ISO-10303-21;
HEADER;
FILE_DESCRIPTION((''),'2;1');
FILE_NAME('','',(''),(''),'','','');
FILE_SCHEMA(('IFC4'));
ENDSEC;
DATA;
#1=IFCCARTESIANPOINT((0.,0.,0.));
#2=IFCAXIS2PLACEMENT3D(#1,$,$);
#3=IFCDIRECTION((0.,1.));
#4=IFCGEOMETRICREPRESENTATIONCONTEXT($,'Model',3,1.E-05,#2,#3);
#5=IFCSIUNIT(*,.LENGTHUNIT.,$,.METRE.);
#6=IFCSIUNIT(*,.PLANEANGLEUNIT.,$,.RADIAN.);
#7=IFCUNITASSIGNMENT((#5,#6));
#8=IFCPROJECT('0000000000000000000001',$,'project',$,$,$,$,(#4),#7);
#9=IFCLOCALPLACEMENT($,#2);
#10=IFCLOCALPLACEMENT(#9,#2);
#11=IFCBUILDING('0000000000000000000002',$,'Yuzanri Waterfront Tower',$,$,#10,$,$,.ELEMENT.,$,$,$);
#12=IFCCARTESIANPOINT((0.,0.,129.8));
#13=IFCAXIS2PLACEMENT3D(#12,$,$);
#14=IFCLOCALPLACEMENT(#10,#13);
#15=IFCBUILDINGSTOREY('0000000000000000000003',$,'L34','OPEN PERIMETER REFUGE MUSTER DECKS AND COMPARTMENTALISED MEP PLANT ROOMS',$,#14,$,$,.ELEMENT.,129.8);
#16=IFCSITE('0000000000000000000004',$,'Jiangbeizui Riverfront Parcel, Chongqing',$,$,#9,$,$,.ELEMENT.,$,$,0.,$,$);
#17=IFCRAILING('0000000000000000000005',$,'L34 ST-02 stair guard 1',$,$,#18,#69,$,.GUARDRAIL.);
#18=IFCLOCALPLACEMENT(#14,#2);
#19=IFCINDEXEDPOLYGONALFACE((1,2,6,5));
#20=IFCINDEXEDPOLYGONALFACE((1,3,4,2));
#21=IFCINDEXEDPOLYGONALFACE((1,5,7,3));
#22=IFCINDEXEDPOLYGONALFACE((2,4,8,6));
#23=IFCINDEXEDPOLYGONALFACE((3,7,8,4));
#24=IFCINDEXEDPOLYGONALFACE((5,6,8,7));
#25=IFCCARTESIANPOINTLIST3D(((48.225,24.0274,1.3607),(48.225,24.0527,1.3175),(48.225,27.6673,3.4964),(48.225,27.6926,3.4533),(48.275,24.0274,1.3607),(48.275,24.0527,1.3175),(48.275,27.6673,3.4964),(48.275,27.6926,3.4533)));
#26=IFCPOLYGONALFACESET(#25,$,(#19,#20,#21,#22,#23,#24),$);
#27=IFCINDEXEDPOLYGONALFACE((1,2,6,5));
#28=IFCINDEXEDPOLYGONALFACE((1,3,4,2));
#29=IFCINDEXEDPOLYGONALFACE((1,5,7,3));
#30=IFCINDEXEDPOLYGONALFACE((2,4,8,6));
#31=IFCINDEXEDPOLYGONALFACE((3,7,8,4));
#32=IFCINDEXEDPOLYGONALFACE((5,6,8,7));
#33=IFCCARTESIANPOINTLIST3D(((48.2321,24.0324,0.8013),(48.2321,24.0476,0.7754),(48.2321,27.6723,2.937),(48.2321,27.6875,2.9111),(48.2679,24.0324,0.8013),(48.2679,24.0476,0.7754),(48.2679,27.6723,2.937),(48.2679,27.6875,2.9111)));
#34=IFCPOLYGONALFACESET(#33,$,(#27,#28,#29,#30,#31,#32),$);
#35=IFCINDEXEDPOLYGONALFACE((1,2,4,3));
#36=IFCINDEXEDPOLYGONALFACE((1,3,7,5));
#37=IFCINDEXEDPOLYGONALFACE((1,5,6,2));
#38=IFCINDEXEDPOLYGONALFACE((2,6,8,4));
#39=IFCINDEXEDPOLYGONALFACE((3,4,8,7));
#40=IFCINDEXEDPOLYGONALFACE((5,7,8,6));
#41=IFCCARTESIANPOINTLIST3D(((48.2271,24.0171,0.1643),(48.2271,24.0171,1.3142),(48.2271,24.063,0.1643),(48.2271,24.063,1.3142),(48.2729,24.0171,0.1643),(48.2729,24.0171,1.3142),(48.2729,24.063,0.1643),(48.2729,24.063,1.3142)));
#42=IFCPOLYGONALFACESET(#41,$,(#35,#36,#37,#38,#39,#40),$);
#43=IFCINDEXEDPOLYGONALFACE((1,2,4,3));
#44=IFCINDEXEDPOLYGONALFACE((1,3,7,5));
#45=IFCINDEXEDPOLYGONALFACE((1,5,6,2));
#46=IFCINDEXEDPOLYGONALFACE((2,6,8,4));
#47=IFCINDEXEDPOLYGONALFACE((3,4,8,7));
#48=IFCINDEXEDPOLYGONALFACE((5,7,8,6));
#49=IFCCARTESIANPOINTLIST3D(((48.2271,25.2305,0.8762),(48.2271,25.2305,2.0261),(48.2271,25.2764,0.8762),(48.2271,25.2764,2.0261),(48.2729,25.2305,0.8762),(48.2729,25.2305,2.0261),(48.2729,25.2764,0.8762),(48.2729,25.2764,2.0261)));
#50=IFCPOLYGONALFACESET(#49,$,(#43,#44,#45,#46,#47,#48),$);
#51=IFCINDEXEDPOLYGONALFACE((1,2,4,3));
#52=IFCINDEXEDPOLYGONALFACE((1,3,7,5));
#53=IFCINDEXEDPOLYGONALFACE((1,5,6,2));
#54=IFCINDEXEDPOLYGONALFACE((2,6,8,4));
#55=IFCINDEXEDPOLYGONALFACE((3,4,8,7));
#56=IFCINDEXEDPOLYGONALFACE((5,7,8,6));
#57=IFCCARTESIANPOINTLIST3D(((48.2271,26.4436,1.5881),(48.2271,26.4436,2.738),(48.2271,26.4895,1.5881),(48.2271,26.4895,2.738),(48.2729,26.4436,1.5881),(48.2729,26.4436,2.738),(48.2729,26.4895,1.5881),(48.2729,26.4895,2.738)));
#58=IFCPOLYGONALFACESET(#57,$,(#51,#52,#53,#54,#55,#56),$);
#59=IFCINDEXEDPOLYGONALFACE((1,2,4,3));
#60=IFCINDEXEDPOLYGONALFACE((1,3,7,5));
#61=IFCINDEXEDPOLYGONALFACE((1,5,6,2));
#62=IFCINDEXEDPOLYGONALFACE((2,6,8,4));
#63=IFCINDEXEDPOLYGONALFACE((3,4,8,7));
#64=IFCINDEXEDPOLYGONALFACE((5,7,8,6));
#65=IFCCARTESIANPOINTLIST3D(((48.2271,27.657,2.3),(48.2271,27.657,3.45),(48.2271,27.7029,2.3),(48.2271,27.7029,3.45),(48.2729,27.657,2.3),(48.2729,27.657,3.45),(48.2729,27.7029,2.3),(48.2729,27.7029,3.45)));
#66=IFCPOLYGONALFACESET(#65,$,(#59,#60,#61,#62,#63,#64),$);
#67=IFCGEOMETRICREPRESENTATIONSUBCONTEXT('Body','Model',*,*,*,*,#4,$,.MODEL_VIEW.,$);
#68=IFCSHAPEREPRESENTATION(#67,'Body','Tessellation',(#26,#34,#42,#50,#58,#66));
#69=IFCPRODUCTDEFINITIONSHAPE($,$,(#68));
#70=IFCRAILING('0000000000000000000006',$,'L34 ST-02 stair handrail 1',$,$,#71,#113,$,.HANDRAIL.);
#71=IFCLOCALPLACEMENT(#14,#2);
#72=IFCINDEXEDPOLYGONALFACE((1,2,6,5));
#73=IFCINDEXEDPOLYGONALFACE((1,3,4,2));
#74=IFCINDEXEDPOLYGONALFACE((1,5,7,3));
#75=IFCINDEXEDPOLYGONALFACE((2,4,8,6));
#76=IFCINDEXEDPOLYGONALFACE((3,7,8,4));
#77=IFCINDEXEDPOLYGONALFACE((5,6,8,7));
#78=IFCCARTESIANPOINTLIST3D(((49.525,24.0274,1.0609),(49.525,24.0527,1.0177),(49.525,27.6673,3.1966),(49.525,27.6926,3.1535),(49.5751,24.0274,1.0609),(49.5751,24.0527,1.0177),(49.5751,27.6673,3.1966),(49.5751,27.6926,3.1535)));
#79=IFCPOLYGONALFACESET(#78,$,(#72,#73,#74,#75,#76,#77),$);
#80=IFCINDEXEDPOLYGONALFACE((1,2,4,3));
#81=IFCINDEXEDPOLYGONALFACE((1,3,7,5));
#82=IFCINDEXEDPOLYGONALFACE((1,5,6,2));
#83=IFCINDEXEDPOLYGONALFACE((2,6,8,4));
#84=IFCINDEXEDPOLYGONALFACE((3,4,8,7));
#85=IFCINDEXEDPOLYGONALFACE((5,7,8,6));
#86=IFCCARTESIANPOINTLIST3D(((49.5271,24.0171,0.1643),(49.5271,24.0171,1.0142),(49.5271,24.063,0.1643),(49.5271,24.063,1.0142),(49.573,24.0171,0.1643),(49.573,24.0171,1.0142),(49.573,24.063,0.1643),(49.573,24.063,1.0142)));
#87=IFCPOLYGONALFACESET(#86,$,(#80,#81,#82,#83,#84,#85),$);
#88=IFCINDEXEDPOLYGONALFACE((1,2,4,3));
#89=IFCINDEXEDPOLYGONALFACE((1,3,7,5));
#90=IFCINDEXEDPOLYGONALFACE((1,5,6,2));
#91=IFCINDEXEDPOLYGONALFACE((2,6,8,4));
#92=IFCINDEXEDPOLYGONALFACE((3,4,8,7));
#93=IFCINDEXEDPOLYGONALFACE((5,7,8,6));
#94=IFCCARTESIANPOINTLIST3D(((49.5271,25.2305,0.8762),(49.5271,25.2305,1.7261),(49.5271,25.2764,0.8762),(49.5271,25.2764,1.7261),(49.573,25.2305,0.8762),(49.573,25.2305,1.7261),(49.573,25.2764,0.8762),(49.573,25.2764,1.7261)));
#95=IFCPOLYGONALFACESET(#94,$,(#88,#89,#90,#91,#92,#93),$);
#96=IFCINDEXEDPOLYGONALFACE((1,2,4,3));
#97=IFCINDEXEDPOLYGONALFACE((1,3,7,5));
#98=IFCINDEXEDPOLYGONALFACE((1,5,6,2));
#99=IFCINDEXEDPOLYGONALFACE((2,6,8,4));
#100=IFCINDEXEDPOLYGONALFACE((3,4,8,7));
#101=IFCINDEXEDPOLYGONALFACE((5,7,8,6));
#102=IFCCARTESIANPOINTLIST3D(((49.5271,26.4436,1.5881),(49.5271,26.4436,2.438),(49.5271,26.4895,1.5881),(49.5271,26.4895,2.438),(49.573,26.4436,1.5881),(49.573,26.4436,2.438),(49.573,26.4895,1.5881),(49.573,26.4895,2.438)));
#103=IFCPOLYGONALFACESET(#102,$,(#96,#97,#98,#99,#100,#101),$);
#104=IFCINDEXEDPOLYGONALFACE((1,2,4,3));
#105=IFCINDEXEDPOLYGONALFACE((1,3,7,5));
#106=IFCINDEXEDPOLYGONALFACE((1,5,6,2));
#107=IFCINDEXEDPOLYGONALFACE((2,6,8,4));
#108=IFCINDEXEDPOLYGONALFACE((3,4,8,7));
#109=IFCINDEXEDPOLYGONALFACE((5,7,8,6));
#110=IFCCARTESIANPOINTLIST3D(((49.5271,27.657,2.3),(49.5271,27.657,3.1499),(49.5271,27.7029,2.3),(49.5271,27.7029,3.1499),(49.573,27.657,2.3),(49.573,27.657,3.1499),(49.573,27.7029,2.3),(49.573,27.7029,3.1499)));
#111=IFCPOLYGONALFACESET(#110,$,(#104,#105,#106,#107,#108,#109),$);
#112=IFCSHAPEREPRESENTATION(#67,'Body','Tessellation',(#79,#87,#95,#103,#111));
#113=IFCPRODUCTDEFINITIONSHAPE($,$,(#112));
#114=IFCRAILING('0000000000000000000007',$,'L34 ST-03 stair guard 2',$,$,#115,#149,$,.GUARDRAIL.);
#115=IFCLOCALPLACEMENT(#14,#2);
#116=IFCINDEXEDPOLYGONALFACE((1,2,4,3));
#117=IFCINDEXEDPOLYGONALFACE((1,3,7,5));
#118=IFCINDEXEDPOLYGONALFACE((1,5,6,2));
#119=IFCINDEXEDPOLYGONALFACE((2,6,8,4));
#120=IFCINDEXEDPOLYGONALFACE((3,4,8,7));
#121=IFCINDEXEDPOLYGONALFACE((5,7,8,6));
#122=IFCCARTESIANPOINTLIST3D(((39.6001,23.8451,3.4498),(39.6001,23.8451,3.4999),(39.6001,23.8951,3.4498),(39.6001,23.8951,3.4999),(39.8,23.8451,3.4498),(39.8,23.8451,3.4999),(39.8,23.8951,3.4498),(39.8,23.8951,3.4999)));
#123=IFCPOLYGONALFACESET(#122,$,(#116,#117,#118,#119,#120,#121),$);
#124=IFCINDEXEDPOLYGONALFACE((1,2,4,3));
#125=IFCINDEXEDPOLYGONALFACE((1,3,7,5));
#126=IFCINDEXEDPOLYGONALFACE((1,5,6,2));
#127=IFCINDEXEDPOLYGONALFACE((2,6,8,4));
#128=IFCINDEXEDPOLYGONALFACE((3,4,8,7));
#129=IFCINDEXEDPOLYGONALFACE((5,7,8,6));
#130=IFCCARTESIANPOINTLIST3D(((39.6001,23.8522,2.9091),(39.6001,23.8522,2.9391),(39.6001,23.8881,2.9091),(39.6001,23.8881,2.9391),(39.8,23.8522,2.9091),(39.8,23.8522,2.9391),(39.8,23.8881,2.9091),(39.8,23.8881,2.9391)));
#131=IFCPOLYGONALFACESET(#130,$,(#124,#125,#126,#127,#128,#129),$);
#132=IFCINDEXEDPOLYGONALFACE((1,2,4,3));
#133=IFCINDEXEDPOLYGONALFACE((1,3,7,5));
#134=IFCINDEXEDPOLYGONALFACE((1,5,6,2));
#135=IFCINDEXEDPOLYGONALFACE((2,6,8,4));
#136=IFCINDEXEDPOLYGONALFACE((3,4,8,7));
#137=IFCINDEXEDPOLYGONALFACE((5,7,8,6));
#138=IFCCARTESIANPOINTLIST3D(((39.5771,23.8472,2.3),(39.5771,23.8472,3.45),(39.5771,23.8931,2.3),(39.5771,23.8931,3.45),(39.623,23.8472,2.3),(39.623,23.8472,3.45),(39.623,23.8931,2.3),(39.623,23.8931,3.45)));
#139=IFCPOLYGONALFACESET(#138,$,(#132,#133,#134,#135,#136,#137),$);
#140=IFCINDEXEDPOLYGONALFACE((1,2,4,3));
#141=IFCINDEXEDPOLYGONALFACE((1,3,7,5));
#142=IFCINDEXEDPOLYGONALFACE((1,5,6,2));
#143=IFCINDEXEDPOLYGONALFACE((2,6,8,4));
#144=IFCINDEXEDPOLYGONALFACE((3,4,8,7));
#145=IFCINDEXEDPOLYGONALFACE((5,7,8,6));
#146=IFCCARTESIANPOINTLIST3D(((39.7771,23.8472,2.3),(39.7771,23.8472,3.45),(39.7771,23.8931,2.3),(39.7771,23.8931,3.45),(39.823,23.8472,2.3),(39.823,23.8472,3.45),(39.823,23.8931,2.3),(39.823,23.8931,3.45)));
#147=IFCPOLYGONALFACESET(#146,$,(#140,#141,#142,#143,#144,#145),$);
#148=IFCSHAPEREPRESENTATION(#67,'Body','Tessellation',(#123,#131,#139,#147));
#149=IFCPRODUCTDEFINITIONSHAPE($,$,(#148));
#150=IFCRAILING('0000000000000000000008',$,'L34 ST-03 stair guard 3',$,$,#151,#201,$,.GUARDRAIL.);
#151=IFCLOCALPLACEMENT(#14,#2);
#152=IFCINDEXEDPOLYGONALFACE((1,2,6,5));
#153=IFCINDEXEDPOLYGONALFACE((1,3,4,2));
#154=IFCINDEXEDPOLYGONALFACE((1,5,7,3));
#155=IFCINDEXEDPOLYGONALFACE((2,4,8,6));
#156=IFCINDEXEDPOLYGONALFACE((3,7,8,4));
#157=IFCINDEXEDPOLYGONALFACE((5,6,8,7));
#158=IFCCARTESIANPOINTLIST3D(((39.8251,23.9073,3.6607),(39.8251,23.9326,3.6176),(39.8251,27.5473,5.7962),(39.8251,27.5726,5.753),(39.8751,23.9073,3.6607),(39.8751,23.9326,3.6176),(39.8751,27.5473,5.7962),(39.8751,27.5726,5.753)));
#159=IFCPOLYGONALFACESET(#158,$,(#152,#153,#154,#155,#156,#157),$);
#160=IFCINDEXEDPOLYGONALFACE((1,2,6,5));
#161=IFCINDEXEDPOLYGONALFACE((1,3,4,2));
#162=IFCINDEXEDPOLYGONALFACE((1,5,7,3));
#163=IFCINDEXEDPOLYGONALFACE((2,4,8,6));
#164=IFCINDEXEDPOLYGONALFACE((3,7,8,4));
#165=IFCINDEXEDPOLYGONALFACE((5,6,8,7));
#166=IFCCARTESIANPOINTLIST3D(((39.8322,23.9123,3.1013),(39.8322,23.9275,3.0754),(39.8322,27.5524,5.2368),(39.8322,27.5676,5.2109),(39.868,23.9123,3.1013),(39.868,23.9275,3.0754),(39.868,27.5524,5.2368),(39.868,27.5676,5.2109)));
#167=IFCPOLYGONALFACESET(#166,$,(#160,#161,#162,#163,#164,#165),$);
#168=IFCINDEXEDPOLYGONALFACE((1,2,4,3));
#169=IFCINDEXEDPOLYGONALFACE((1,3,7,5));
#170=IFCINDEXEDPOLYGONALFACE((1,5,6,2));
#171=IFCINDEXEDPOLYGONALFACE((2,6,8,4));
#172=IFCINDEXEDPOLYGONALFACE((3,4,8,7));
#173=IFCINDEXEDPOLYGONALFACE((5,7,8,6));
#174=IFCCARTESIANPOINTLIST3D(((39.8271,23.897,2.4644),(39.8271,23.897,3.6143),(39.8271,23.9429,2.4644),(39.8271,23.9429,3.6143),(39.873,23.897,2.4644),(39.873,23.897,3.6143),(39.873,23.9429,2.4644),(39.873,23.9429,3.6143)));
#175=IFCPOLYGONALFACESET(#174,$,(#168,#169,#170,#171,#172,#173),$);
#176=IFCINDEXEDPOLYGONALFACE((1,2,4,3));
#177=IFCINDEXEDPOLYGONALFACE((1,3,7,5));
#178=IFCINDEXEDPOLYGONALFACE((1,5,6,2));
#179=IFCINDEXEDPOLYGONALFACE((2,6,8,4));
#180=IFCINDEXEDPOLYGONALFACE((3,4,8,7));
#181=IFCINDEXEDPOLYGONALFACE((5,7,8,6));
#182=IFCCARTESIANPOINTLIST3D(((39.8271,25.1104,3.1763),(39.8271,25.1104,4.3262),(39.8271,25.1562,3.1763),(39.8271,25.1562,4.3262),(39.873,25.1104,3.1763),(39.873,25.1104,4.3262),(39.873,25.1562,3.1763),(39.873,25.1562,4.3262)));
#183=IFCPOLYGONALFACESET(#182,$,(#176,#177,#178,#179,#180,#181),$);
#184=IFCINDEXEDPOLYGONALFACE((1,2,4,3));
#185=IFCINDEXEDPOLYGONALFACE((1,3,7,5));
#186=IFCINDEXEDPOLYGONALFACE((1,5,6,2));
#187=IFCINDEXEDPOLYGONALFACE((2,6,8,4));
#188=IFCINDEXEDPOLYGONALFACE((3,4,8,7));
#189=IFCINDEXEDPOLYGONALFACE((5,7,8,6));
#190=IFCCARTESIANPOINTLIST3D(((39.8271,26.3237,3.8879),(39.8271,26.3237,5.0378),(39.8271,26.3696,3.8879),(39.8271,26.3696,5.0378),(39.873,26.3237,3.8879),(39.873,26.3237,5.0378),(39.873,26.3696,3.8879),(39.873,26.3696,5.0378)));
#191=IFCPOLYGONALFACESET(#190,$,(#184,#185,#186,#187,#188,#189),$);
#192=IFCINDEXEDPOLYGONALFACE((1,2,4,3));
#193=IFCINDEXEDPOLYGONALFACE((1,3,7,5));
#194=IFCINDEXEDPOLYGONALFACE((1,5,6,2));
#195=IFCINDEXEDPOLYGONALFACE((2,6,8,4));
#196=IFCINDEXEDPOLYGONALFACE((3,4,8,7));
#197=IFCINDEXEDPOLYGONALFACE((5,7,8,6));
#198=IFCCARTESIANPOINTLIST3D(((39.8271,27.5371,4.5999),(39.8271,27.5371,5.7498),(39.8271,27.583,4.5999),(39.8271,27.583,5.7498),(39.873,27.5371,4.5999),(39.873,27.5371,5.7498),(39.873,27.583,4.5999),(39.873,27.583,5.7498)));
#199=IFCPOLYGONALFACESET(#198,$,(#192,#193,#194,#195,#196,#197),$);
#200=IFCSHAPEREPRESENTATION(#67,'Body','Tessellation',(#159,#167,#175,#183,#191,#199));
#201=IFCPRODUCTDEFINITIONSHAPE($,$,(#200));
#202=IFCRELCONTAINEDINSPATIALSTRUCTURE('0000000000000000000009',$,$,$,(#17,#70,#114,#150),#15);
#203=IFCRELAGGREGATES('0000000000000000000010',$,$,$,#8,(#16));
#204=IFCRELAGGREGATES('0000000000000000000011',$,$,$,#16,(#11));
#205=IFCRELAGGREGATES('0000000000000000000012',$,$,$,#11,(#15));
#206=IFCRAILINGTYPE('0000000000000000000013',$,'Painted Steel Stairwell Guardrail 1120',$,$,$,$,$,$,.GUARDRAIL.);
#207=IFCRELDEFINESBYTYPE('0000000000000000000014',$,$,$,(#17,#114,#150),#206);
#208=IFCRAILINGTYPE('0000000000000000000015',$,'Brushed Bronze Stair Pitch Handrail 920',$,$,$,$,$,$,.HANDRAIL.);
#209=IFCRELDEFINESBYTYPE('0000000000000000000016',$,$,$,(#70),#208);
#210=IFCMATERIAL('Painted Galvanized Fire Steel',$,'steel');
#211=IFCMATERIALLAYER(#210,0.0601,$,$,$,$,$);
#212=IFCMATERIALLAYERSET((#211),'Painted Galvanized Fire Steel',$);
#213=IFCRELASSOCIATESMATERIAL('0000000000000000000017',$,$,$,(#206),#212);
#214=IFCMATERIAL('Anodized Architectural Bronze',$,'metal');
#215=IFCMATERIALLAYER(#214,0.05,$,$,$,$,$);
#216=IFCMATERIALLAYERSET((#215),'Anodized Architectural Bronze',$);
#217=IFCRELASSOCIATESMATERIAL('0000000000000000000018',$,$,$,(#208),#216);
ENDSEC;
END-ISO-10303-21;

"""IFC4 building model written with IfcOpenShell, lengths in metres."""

from ifc_helpers import new_model, si_unit, direction, frame, origin, origin_2d, place, context, subcontext, project, spatial, rectangle, extrude, source, transform, mapped, material, layer, layer_set, type_object, element, save


model = new_model("IFC4")

# Units and contexts
model_context = context("Model", 3, precision=1e-05, world=origin(), true_north=direction((0.0, 1.0)))
body_context = subcontext(model_context, "Body", "Model", "MODEL_VIEW")
ifc_project = project(units=[si_unit("LENGTHUNIT", "METRE"), si_unit("PLANEANGLEUNIT", "RADIAN")], contexts=[model_context])

# Site, building, storey
site_placement = place(None, origin())
site = spatial("IfcSite", under=ifc_project, at=site_placement, Name="Jiangbeizui Riverfront Parcel, Chongqing", CompositionType="ELEMENT", RefElevation=0.0)
building_placement = place(site_placement, origin())
building = spatial("IfcBuilding", under=site, at=building_placement, Name="Yuzanri Waterfront Tower", CompositionType="ELEMENT")
storey_placement = place(building_placement, frame((0.0, 0.0, 129.8)))
storey = spatial("IfcBuildingStorey", under=building, at=storey_placement, Name="L34", Description="OPEN PERIMETER REFUGE MUSTER DECKS AND COMPARTMENTALISED MEP PLANT ROOMS", CompositionType="ELEMENT", Elevation=129.8)

# Railings
ifc_material_1 = material(Name="Painted Galvanized Fire Steel", Category="steel")
ifc_layer_1 = layer(ifc_material_1, 0.0601)
ifc_layer_set_1 = layer_set([ifc_layer_1], Name="Painted Galvanized Fire Steel")
railing_type_1 = type_object("IfcRailingType", Name="Painted Steel Stairwell Guardrail 1120", PredefinedType="GUARDRAIL", material=ifc_layer_set_1)
shared_shape_1 = source(origin(), body_context, "Body", "SweptSolid", [
    extrude(rectangle(XDim=0.05, YDim=0.05, at=origin_2d()), frame((0.0, 0.0, 1.1748), z_axis=(0.0, 0.86249, 0.506074), x_axis=(-1.0, 0.0, 0.0)), (0.0, 0.0, 1.0), 4.2202),
    extrude(rectangle(XDim=0.0359, YDim=0.03, at=origin_2d()), frame((0.0, 0.0, 0.624), z_axis=(0.0, 0.86249, 0.506074), x_axis=(-1.0, 0.0, 0.0)), (0.0, 0.0, 1.0), 4.2202),
    extrude(rectangle(XDim=0.0459, YDim=0.0459, at=origin_2d()), origin(), (0.0, 0.0, 1.0), 1.1499),
    extrude(rectangle(XDim=0.0459, YDim=0.0459, at=origin_2d()), frame((0.0, 1.2134, 0.7119)), (0.0, 0.0, 1.0), 1.1499),
    extrude(rectangle(XDim=0.0459, YDim=0.0459, at=origin_2d()), frame((0.0, 2.4265, 1.4238)), (0.0, 0.0, 1.0), 1.1499),
    extrude(rectangle(XDim=0.0459, YDim=0.0459, at=origin_2d()), frame((0.0, 3.6399, 2.1357)), (0.0, 0.0, 1.0), 1.1499),
])
railing_1_placement = place(storey_placement, frame((48.25, 24.04, 0.1643)))
element("IfcRailing", 1, at=railing_1_placement, inside=storey, type_object=railing_type_1, Name="L34 ST-02 stair guard 1", PredefinedType="GUARDRAIL", context=body_context, shape_type="MappedRepresentation", body=[
    mapped(shared_shape_1, transform((0.0, 0.0, 0.0), scale=1.0)),
])
ifc_material_2 = material(Name="Anodized Architectural Bronze", Category="metal")
ifc_layer_2 = layer(ifc_material_2, 0.05)
ifc_layer_set_2 = layer_set([ifc_layer_2], Name="Anodized Architectural Bronze")
railing_type_2 = type_object("IfcRailingType", Name="Brushed Bronze Stair Pitch Handrail 920", PredefinedType="HANDRAIL", material=ifc_layer_set_2)
shared_shape_2 = source(origin(), body_context, "Body", "SweptSolid", [
    extrude(rectangle(XDim=0.05, YDim=0.05, at=origin_2d()), frame((0.0, 0.0, 0.875), z_axis=(0.0, 0.86249, 0.506074), x_axis=(-1.0, 0.0, 0.0)), (0.0, 0.0, 1.0), 4.2202),
    extrude(rectangle(XDim=0.0459, YDim=0.0459, at=origin_2d()), origin(), (0.0, 0.0, 1.0), 0.8499),
    extrude(rectangle(XDim=0.0459, YDim=0.0459, at=origin_2d()), frame((0.0, 1.2134, 0.7119)), (0.0, 0.0, 1.0), 0.8499),
    extrude(rectangle(XDim=0.0459, YDim=0.0459, at=origin_2d()), frame((0.0, 2.4265, 1.4238)), (0.0, 0.0, 1.0), 0.8499),
    extrude(rectangle(XDim=0.0459, YDim=0.0459, at=origin_2d()), frame((0.0, 3.6399, 2.1357)), (0.0, 0.0, 1.0), 0.8499),
])
railing_2_placement = place(storey_placement, frame((49.55, 24.04, 0.1643)))
element("IfcRailing", 2, at=railing_2_placement, inside=storey, type_object=railing_type_2, Name="L34 ST-02 stair handrail 1", PredefinedType="HANDRAIL", context=body_context, shape_type="MappedRepresentation", body=[
    mapped(shared_shape_2, transform((0.0, 0.0, 0.0), scale=1.0)),
])
shared_shape_3 = source(origin(), body_context, "Body", "SweptSolid", [
    extrude(rectangle(XDim=0.05, YDim=0.05, at=origin_2d()), frame((0.0, 0.0, 1.1748), z_axis=(1.0, 0.0, 0.0), x_axis=(0.0, 1.0, 0.0)), (0.0, 0.0, 1.0), 0.2),
    extrude(rectangle(XDim=0.0359, YDim=0.03, at=origin_2d()), frame((0.0, 0.0, 0.624), z_axis=(1.0, 0.0, 0.0), x_axis=(0.0, 1.0, 0.0)), (0.0, 0.0, 1.0), 0.2),
    extrude(rectangle(XDim=0.0459, YDim=0.0459, at=origin_2d()), origin(), (0.0, 0.0, 1.0), 1.1499),
    extrude(rectangle(XDim=0.0459, YDim=0.0459, at=origin_2d()), frame((0.2, 0.0, 0.0)), (0.0, 0.0, 1.0), 1.1499),
])
railing_3_placement = place(storey_placement, frame((39.6001, 23.8701, 2.3)))
element("IfcRailing", 3, at=railing_3_placement, inside=storey, type_object=railing_type_1, Name="L34 ST-03 stair guard 2", PredefinedType="GUARDRAIL", context=body_context, shape_type="MappedRepresentation", body=[
    mapped(shared_shape_3, transform((0.0, 0.0, 0.0), scale=1.0)),
])
shared_shape_4 = source(origin(), body_context, "Body", "SweptSolid", [
    extrude(rectangle(XDim=0.05, YDim=0.05, at=origin_2d()), frame((0.0, 0.0, 1.1748), z_axis=(0.0, 0.86253, 0.506006), x_axis=(-1.0, 0.0, 0.0)), (0.0, 0.0, 1.0), 4.2202),
    extrude(rectangle(XDim=0.0359, YDim=0.03, at=origin_2d()), frame((0.0, 0.0, 0.624), z_axis=(0.0, 0.86253, 0.506006), x_axis=(-1.0, 0.0, 0.0)), (0.0, 0.0, 1.0), 4.2202),
    extrude(rectangle(XDim=0.0459, YDim=0.0459, at=origin_2d()), origin(), (0.0, 0.0, 1.0), 1.1499),
    extrude(rectangle(XDim=0.0459, YDim=0.0459, at=origin_2d()), frame((0.0, 1.2134, 0.7119)), (0.0, 0.0, 1.0), 1.1499),
    extrude(rectangle(XDim=0.0459, YDim=0.0459, at=origin_2d()), frame((0.0, 2.4268, 1.4236)), (0.0, 0.0, 1.0), 1.1499),
    extrude(rectangle(XDim=0.0459, YDim=0.0459, at=origin_2d()), frame((0.0, 3.6401, 2.1355)), (0.0, 0.0, 1.0), 1.1499),
])
railing_4_placement = place(storey_placement, frame((39.8501, 23.9199, 2.4644)))
element("IfcRailing", 4, at=railing_4_placement, inside=storey, type_object=railing_type_1, Name="L34 ST-03 stair guard 3", PredefinedType="GUARDRAIL", context=body_context, shape_type="MappedRepresentation", body=[
    mapped(shared_shape_4, transform((0.0, 0.0, 0.0), scale=1.0)),
])

save(model, "model.ifc")
